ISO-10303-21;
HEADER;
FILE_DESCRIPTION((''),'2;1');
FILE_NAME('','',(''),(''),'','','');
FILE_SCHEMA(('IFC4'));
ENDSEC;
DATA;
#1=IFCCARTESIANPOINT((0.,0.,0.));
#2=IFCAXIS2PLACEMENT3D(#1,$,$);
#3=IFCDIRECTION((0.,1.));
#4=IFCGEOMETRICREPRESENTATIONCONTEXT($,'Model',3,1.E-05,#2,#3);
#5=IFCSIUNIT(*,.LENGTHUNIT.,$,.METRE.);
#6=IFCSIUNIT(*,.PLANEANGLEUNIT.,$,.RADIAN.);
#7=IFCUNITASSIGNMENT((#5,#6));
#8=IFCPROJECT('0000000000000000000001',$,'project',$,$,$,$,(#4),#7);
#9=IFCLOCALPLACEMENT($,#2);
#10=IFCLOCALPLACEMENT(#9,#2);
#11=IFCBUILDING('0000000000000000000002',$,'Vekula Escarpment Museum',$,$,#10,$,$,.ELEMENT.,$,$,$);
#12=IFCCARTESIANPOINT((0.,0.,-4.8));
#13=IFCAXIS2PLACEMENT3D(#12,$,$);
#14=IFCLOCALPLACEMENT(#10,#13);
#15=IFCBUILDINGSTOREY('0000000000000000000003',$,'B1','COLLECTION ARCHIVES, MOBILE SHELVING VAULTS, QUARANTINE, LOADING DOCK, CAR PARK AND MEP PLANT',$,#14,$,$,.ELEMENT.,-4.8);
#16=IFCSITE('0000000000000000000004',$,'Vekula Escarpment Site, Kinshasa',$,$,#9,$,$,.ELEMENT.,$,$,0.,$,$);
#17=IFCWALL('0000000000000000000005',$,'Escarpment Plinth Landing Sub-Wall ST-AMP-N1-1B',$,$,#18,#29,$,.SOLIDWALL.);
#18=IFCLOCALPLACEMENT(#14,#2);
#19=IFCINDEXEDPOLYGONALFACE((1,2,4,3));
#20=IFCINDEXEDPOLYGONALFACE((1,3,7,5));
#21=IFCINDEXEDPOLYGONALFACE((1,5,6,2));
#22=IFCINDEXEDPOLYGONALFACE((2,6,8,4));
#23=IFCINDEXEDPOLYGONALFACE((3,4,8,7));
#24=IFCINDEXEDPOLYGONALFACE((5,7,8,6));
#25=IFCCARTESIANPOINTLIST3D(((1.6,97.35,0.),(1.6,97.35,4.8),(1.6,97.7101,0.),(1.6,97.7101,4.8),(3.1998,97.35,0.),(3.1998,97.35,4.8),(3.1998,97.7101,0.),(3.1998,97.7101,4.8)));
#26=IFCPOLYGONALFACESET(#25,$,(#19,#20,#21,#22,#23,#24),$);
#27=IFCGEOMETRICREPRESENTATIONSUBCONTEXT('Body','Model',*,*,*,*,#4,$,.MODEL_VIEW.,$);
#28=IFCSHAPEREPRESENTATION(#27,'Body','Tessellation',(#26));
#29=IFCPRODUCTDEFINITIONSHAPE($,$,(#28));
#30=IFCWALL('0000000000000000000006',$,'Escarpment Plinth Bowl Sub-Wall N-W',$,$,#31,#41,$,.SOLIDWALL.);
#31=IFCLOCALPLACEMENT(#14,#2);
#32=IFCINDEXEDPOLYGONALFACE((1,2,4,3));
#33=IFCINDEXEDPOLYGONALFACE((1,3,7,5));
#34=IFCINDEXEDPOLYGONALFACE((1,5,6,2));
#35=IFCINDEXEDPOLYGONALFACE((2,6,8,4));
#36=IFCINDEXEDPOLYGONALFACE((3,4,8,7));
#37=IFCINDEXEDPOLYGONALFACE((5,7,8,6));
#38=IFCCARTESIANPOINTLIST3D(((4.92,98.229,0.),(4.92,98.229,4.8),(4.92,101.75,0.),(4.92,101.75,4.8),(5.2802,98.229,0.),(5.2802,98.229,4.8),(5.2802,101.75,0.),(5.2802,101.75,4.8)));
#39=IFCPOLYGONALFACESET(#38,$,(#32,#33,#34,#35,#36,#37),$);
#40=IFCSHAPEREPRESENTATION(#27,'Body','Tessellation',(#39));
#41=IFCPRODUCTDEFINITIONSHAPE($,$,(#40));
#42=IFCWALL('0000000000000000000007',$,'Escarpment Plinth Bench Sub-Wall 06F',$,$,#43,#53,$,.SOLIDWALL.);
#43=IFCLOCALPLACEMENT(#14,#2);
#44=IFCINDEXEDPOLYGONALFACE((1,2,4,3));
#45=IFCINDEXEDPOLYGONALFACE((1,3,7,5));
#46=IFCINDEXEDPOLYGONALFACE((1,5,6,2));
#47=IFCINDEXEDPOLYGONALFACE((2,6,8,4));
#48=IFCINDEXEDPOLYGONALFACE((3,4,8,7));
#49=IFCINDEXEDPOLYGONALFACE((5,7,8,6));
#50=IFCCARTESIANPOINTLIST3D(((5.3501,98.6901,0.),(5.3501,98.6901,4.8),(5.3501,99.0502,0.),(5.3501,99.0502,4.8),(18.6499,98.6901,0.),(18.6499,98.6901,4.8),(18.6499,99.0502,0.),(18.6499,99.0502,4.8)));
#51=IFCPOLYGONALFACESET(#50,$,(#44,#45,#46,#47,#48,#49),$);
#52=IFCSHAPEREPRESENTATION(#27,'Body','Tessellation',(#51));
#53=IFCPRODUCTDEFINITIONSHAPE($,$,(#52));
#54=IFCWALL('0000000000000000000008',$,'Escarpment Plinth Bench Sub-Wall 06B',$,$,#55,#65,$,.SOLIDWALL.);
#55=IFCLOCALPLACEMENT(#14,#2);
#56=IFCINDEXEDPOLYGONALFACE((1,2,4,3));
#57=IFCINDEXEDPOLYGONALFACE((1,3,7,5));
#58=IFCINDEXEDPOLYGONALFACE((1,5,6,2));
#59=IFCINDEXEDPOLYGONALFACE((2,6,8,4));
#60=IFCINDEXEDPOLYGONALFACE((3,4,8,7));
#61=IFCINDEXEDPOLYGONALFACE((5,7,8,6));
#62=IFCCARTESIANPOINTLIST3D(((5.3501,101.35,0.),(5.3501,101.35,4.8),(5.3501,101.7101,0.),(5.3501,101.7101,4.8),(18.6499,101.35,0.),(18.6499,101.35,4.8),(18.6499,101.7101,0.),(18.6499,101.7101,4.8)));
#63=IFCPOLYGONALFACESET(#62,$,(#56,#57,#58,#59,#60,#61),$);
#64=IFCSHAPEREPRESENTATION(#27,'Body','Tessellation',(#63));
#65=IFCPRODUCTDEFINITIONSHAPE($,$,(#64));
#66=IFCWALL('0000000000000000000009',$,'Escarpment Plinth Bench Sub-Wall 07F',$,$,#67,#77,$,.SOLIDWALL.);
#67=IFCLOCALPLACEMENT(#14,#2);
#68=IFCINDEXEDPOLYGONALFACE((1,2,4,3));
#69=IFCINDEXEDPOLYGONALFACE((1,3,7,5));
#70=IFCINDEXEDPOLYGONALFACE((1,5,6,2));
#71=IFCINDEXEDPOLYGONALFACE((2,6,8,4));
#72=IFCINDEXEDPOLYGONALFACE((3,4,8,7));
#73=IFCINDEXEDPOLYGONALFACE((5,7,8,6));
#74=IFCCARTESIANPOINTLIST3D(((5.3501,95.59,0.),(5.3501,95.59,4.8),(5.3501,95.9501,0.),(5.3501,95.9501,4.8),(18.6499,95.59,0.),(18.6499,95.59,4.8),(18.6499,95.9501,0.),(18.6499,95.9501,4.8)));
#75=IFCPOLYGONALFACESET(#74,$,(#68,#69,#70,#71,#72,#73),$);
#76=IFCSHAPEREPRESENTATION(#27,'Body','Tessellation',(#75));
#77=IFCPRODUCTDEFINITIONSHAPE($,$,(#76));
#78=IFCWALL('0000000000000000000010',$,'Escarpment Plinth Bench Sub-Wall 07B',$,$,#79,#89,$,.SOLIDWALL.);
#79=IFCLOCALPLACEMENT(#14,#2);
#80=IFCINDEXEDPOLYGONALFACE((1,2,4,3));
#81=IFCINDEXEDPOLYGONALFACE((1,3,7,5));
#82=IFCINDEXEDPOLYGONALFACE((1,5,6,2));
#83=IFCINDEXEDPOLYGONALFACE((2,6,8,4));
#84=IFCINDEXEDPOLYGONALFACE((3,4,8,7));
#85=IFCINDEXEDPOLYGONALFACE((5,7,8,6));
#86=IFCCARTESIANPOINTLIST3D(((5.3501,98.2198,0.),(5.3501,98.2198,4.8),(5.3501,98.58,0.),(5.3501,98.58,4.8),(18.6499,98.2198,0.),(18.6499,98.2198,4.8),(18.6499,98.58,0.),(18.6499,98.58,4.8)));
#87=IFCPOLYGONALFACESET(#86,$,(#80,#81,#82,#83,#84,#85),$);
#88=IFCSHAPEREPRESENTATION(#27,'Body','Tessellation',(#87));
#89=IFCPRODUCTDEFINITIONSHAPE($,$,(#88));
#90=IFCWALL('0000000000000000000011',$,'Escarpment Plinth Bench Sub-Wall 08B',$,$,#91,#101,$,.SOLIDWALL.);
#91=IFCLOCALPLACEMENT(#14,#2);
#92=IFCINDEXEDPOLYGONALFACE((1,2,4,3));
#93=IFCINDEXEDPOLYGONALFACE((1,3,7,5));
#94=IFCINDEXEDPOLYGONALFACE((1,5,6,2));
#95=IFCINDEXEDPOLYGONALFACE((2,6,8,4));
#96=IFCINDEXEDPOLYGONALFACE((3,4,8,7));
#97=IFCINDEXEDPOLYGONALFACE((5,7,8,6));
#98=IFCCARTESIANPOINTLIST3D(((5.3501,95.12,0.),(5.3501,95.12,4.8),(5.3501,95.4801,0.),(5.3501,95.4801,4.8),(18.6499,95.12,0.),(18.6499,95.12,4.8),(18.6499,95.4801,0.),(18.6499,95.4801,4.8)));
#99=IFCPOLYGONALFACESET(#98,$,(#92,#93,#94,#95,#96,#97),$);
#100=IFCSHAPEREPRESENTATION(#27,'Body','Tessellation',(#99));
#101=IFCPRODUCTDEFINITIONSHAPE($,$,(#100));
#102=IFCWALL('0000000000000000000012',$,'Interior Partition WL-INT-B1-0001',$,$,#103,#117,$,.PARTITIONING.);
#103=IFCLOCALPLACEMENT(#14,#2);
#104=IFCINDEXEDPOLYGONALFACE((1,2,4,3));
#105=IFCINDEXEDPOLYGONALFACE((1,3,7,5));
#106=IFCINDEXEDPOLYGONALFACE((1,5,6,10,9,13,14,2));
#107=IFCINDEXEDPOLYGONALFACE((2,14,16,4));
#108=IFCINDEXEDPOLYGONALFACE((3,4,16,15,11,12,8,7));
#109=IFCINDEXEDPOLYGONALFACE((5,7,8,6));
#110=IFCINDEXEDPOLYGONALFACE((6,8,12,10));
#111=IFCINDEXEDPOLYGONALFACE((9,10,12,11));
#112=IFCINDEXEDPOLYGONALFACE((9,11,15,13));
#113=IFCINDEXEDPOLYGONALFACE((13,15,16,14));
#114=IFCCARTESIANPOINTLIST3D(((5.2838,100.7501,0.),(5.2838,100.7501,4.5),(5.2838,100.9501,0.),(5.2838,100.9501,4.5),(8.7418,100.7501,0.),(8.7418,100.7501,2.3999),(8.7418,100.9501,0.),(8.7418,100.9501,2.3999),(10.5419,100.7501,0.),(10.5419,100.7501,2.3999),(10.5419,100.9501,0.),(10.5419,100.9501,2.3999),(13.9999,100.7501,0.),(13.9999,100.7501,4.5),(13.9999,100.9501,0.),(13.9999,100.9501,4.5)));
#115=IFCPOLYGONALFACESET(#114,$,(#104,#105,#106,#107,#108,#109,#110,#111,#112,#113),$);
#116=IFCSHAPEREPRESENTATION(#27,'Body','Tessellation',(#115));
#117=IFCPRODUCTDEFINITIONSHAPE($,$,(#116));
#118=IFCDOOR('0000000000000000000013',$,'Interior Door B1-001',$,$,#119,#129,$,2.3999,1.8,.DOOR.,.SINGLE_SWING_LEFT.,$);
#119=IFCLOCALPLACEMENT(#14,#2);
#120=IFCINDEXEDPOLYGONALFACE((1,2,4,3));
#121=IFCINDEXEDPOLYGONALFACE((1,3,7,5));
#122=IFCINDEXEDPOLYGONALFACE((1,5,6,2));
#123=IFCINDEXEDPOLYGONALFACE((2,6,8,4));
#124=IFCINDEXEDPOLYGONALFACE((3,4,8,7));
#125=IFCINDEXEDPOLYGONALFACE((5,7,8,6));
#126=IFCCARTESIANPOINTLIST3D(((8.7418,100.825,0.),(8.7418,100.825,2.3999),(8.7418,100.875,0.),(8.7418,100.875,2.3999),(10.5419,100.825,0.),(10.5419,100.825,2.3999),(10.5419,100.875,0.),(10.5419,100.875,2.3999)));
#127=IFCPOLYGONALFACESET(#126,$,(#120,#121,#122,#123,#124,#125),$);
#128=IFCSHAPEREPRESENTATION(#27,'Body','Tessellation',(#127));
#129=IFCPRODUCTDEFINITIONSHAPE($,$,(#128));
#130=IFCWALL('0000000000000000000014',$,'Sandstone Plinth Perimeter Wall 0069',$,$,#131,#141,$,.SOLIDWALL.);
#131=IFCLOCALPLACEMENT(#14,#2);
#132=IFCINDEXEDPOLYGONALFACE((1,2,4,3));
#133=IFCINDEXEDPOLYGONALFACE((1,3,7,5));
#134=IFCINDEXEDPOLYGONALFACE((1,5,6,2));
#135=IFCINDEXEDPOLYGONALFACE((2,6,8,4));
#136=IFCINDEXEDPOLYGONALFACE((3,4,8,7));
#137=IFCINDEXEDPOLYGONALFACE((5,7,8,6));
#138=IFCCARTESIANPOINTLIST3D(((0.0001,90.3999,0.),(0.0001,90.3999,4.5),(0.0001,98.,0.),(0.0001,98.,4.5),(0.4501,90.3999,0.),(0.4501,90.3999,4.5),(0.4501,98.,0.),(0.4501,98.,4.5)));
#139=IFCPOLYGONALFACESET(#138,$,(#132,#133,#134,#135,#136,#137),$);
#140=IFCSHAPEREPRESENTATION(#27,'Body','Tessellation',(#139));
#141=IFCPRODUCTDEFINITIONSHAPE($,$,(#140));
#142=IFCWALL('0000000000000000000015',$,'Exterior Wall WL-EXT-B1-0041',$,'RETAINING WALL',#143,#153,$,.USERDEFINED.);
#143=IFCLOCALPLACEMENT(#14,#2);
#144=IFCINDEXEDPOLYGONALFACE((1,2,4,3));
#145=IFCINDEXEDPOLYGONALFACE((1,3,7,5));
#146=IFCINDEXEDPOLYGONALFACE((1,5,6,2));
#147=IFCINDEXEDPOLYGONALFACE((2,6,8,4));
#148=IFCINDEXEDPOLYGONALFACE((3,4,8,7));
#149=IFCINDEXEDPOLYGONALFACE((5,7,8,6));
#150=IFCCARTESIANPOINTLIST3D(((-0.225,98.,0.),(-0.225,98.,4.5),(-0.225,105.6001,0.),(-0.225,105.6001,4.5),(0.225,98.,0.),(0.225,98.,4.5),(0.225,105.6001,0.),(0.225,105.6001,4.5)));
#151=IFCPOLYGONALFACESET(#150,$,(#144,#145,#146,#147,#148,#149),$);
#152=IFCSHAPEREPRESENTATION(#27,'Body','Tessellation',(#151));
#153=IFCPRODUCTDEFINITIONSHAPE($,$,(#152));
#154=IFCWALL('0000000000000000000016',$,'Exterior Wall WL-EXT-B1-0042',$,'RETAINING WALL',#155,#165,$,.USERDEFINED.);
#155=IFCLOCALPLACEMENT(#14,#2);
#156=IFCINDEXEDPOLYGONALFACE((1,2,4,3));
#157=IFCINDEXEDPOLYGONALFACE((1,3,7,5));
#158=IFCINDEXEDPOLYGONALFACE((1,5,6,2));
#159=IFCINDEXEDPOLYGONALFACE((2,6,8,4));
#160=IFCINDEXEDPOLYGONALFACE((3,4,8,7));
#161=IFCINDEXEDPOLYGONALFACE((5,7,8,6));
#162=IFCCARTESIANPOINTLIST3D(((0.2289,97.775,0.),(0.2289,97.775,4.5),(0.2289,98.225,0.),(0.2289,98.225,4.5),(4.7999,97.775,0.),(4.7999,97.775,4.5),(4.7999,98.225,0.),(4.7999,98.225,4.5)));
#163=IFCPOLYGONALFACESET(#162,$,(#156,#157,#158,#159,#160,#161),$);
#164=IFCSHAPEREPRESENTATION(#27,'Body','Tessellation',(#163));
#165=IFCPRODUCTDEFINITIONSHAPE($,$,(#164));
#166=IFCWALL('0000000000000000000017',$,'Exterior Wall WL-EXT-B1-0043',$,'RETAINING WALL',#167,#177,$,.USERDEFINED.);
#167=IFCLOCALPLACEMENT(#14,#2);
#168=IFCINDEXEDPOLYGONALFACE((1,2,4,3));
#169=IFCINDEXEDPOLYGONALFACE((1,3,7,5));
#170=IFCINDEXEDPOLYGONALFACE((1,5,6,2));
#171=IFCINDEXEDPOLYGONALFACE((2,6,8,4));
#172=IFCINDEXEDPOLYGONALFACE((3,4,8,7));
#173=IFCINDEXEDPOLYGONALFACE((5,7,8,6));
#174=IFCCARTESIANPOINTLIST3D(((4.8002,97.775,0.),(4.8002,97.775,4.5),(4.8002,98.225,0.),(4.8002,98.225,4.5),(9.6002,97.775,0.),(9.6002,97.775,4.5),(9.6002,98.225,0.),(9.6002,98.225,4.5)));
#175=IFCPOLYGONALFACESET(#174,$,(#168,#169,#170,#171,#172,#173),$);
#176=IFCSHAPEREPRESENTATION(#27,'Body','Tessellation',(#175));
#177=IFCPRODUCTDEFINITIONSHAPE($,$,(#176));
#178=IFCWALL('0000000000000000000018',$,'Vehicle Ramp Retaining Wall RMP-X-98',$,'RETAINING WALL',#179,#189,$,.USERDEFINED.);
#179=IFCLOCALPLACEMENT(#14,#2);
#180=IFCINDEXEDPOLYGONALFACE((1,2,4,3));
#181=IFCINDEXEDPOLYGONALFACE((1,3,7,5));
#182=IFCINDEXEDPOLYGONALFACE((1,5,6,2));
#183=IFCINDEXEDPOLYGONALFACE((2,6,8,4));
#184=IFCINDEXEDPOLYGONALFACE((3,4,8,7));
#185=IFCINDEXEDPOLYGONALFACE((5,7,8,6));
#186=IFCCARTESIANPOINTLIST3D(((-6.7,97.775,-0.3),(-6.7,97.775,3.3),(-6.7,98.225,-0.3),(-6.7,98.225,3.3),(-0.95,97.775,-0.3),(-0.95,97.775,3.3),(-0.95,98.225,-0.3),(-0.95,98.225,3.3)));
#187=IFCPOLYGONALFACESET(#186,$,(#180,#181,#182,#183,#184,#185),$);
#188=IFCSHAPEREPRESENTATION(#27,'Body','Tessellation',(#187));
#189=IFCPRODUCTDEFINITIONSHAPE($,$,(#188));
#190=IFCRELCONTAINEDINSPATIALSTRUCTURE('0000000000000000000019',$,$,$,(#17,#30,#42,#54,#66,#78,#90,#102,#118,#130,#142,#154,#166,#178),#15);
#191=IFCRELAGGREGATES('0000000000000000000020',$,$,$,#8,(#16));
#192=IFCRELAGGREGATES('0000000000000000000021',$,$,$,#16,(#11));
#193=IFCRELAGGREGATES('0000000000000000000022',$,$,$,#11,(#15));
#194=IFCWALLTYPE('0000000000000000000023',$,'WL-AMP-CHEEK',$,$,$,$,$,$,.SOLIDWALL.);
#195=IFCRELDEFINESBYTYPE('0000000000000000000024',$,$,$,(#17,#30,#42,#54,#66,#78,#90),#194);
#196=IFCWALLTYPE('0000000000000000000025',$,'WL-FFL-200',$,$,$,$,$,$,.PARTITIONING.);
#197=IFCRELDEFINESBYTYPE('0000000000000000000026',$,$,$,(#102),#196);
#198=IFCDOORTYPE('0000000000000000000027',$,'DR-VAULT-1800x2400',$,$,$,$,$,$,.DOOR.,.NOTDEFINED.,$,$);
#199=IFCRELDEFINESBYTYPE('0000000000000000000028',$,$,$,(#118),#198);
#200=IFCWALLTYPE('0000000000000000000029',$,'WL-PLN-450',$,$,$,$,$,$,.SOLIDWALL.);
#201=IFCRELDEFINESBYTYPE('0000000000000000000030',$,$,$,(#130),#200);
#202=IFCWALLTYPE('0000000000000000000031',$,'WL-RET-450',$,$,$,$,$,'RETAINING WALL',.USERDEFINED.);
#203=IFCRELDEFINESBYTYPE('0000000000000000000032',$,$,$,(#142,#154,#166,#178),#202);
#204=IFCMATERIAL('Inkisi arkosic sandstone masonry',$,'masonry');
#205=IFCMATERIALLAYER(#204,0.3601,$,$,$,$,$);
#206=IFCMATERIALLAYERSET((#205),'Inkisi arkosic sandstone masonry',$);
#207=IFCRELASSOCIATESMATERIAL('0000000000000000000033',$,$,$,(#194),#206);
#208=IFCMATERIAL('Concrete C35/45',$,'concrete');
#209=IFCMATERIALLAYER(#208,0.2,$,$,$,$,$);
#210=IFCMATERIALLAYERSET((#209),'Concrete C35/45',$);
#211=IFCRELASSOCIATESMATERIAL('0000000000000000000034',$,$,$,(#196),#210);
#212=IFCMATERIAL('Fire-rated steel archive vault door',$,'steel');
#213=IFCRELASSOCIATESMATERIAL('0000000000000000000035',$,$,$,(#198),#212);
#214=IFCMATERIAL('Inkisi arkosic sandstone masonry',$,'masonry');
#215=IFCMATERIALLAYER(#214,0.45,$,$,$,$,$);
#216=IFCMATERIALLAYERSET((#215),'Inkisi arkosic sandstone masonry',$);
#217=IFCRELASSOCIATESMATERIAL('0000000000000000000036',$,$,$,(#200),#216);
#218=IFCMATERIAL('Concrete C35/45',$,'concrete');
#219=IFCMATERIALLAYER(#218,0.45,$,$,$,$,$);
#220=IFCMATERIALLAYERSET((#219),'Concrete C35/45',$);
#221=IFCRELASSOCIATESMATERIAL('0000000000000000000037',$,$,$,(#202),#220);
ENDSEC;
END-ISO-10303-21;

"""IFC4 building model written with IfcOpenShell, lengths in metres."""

from ifc_helpers import new_model, si_unit, direction, frame, frame_2d, origin, place, context, subcontext, project, spatial, rectangle, extrude, material, layer, layer_set, type_object, element, fill, save


model = new_model("IFC4")

# Units and contexts
model_context = context("Model", 3, precision=1e-05, world=origin(), true_north=direction((0.0, 1.0)))
body_context = subcontext(model_context, "Body", "Model", "MODEL_VIEW")
ifc_project = project(units=[si_unit("LENGTHUNIT", "METRE"), si_unit("PLANEANGLEUNIT", "RADIAN")], contexts=[model_context])

# Site, building, storey
site_placement = place(None, origin())
site = spatial("IfcSite", under=ifc_project, at=site_placement, Name="Vekula Escarpment Site, Kinshasa", CompositionType="ELEMENT", RefElevation=0.0)
building_placement = place(site_placement, origin())
building = spatial("IfcBuilding", under=site, at=building_placement, Name="Vekula Escarpment Museum", CompositionType="ELEMENT")
storey_placement = place(building_placement, frame((0.0, 0.0, -4.8)))
storey = spatial("IfcBuildingStorey", under=building, at=storey_placement, Name="B1", Description="COLLECTION ARCHIVES, MOBILE SHELVING VAULTS, QUARANTINE, LOADING DOCK, CAR PARK AND MEP PLANT", CompositionType="ELEMENT", Elevation=-4.8)

# Walls
ifc_material_1 = material(Name="Inkisi arkosic sandstone masonry", Category="masonry")
ifc_layer_1 = layer(ifc_material_1, 0.3601)
ifc_layer_set_1 = layer_set([ifc_layer_1], Name="Inkisi arkosic sandstone masonry")
wall_type_1 = type_object("IfcWallType", Name="WL-AMP-CHEEK", PredefinedType="SOLIDWALL", material=ifc_layer_set_1)
for number, where, z_axis, x_axis, name in (
    (1, (1.6001, 97.53, 0.0), (0.0, 0.0, 1.0), (1.0, 0.0, 0.0), "Escarpment Plinth Landing Sub-Wall ST-AMP-N1-1B"),
):
    element("IfcWall", number, at=place(storey_placement, frame(where, z_axis=z_axis, x_axis=x_axis)), inside=storey, type_object=wall_type_1, Name=name, PredefinedType="SOLIDWALL", context=body_context, shape_type="SweptSolid", body=[
        extrude(rectangle(XDim=1.5999, YDim=0.3601, at=frame_2d((0.7998, 0.0))), origin(), (0.0, 0.0, 1.0), 4.8),
    ])
wall_1_placement = place(storey_placement, frame((5.1001, 98.229, 0.0), z_axis=(0.0, 0.0, 1.0), x_axis=(0.0, 1.0, 0.0)))
element("IfcWall", 2, at=wall_1_placement, inside=storey, type_object=wall_type_1, Name="Escarpment Plinth Bowl Sub-Wall N-W", PredefinedType="SOLIDWALL", context=body_context, shape_type="SweptSolid", body=[
    extrude(rectangle(XDim=3.521, YDim=0.3601, at=frame_2d((1.7605, 0.0))), origin(), (0.0, 0.0, 1.0), 4.8),
])
for number, where, z_axis, x_axis, name in (
    (3, (5.3501, 98.8701, 0.0), (0.0, 0.0, 1.0), (1.0, 0.0, 0.0), "Escarpment Plinth Bench Sub-Wall 06F"),
    (4, (5.3501, 101.53, 0.0), (0.0, 0.0, 1.0), (1.0, 0.0, 0.0), "Escarpment Plinth Bench Sub-Wall 06B"),
    (5, (5.3501, 95.77, 0.0), (0.0, 0.0, 1.0), (1.0, 0.0, 0.0), "Escarpment Plinth Bench Sub-Wall 07F"),
    (6, (5.3501, 98.3999, 0.0), (0.0, 0.0, 1.0), (1.0, 0.0, 0.0), "Escarpment Plinth Bench Sub-Wall 07B"),
    (7, (5.3501, 95.3, 0.0), (0.0, 0.0, 1.0), (1.0, 0.0, 0.0), "Escarpment Plinth Bench Sub-Wall 08B"),
):
    element("IfcWall", number, at=place(storey_placement, frame(where, z_axis=z_axis, x_axis=x_axis)), inside=storey, type_object=wall_type_1, Name=name, PredefinedType="SOLIDWALL", context=body_context, shape_type="SweptSolid", body=[
        extrude(rectangle(XDim=13.2998, YDim=0.3601, at=frame_2d((6.6499, 0.0))), origin(), (0.0, 0.0, 1.0), 4.8),
    ])

# Wall, opening, door
ifc_material_2 = material(Name="Concrete C35/45", Category="concrete")
ifc_layer_2 = layer(ifc_material_2, 0.2)
ifc_layer_set_2 = layer_set([ifc_layer_2], Name="Concrete C35/45")
wall_type_2 = type_object("IfcWallType", Name="WL-FFL-200", PredefinedType="PARTITIONING", material=ifc_layer_set_2)
wall_2_placement = place(storey_placement, frame((5.2839, 100.8501, 0.0), z_axis=(0.0, 0.0, 1.0), x_axis=(1.0, 0.0, 0.0)))
wall_2 = element("IfcWall", 8, at=wall_2_placement, inside=storey, type_object=wall_type_2, Name="Interior Partition WL-INT-B1-0001", PredefinedType="PARTITIONING", context=body_context, shape_type="SweptSolid", body=[
    extrude(rectangle(XDim=8.7161, YDim=0.2, at=frame_2d((4.3579, 0.0))), origin(), (0.0, 0.0, 1.0), 4.5),
])
opening_placement = place(wall_2_placement, frame((3.458, 0.0, 0.0)))
opening = element("IfcOpeningElement", 9, at=opening_placement, cuts=wall_2, PredefinedType="OPENING", context=body_context, shape_type="SweptSolid", body=[
    extrude(rectangle(XDim=1.8, YDim=2.3999, at=frame_2d((0.8999, 1.2))), frame((0.0, 0.1099, 0.0), z_axis=(0.0, -1.0, 0.0), x_axis=(1.0, 0.0, 0.0)), (0.0, 0.0, 1.0), 0.22),
])
ifc_material_3 = material(Name="Fire-rated steel archive vault door", Category="steel")
door_type = type_object("IfcDoorType", Name="DR-VAULT-1800x2400", OperationType="NOTDEFINED", PredefinedType="DOOR", material=ifc_material_3)
door_placement = place(opening_placement, origin())
door = element("IfcDoor", 10, at=door_placement, inside=storey, type_object=door_type, Name="Interior Door B1-001", OperationType="SINGLE_SWING_LEFT", OverallHeight=2.3999, OverallWidth=1.8, PredefinedType="DOOR", context=body_context, shape_type="SweptSolid", body=[
    extrude(rectangle(XDim=1.8, YDim=2.3999, at=frame_2d((0.8999, 1.2))), frame((0.0, 0.0249, 0.0), z_axis=(0.0, -1.0, 0.0), x_axis=(1.0, 0.0, 0.0)), (0.0, 0.0, 1.0), 0.05),
])
fill(opening, door)

# Walls
ifc_material_4 = material(Name="Inkisi arkosic sandstone masonry", Category="masonry")
ifc_layer_3 = layer(ifc_material_4, 0.45)
ifc_layer_set_3 = layer_set([ifc_layer_3], Name="Inkisi arkosic sandstone masonry")
wall_type_3 = type_object("IfcWallType", Name="WL-PLN-450", PredefinedType="SOLIDWALL", material=ifc_layer_set_3)
wall_3_placement = place(storey_placement, frame((0.2251, 98.0, 0.0), z_axis=(0.0, 0.0, 1.0), x_axis=(0.0, -1.0, 0.0)))
element("IfcWall", 11, at=wall_3_placement, inside=storey, type_object=wall_type_3, Name="Sandstone Plinth Perimeter Wall 0069", PredefinedType="SOLIDWALL", context=body_context, shape_type="SweptSolid", body=[
    extrude(rectangle(XDim=7.6001, YDim=0.45, at=frame_2d((3.8, 0.0))), origin(), (0.0, 0.0, 1.0), 4.5),
])
ifc_material_5 = material(Name="Concrete C35/45", Category="concrete")
ifc_layer_4 = layer(ifc_material_5, 0.45)
ifc_layer_set_4 = layer_set([ifc_layer_4], Name="Concrete C35/45")
wall_type_4 = type_object("IfcWallType", Name="WL-RET-450", ElementType="RETAINING WALL", PredefinedType="USERDEFINED", material=ifc_layer_set_4)
wall_4_placement = place(storey_placement, frame((0.0, 98.0, 0.0), z_axis=(0.0, 0.0, 1.0), x_axis=(0.0, 1.0, 0.0)))
element("IfcWall", 12, at=wall_4_placement, inside=storey, type_object=wall_type_4, Name="Exterior Wall WL-EXT-B1-0041", ObjectType="RETAINING WALL", PredefinedType="USERDEFINED", context=body_context, shape_type="SweptSolid", body=[
    extrude(rectangle(XDim=7.6001, YDim=0.45, at=frame_2d((3.8, 0.0))), origin(), (0.0, 0.0, 1.0), 4.5),
])
wall_5_placement = place(storey_placement, frame((4.8, 98.0, 0.0), z_axis=(0.0, 0.0, 1.0), x_axis=(-1.0, 0.0, 0.0)))
element("IfcWall", 13, at=wall_5_placement, inside=storey, type_object=wall_type_4, Name="Exterior Wall WL-EXT-B1-0042", ObjectType="RETAINING WALL", PredefinedType="USERDEFINED", context=body_context, shape_type="SweptSolid", body=[
    extrude(rectangle(XDim=4.571, YDim=0.45, at=frame_2d((2.2856, 0.0))), origin(), (0.0, 0.0, 1.0), 4.5),
])
wall_6_placement = place(storey_placement, frame((9.6001, 98.0, 0.0), z_axis=(0.0, 0.0, 1.0), x_axis=(-1.0, 0.0, 0.0)))
element("IfcWall", 14, at=wall_6_placement, inside=storey, type_object=wall_type_4, Name="Exterior Wall WL-EXT-B1-0043", ObjectType="RETAINING WALL", PredefinedType="USERDEFINED", context=body_context, shape_type="SweptSolid", body=[
    extrude(rectangle(XDim=4.8, YDim=0.45, at=frame_2d((2.3999, 0.0))), origin(), (0.0, 0.0, 1.0), 4.5),
])
wall_7_placement = place(storey_placement, frame((-6.7, 98.0, -0.3), z_axis=(0.0, 0.0, 1.0), x_axis=(1.0, 0.0, 0.0)))
element("IfcWall", 15, at=wall_7_placement, inside=storey, type_object=wall_type_4, Name="Vehicle Ramp Retaining Wall RMP-X-98", ObjectType="RETAINING WALL", PredefinedType="USERDEFINED", context=body_context, shape_type="SweptSolid", body=[
    extrude(rectangle(XDim=5.75, YDim=0.45, at=frame_2d((2.875, 0.0))), origin(), (0.0, 0.0, 1.0), 3.6001),
])

save(model, "model.ifc")
